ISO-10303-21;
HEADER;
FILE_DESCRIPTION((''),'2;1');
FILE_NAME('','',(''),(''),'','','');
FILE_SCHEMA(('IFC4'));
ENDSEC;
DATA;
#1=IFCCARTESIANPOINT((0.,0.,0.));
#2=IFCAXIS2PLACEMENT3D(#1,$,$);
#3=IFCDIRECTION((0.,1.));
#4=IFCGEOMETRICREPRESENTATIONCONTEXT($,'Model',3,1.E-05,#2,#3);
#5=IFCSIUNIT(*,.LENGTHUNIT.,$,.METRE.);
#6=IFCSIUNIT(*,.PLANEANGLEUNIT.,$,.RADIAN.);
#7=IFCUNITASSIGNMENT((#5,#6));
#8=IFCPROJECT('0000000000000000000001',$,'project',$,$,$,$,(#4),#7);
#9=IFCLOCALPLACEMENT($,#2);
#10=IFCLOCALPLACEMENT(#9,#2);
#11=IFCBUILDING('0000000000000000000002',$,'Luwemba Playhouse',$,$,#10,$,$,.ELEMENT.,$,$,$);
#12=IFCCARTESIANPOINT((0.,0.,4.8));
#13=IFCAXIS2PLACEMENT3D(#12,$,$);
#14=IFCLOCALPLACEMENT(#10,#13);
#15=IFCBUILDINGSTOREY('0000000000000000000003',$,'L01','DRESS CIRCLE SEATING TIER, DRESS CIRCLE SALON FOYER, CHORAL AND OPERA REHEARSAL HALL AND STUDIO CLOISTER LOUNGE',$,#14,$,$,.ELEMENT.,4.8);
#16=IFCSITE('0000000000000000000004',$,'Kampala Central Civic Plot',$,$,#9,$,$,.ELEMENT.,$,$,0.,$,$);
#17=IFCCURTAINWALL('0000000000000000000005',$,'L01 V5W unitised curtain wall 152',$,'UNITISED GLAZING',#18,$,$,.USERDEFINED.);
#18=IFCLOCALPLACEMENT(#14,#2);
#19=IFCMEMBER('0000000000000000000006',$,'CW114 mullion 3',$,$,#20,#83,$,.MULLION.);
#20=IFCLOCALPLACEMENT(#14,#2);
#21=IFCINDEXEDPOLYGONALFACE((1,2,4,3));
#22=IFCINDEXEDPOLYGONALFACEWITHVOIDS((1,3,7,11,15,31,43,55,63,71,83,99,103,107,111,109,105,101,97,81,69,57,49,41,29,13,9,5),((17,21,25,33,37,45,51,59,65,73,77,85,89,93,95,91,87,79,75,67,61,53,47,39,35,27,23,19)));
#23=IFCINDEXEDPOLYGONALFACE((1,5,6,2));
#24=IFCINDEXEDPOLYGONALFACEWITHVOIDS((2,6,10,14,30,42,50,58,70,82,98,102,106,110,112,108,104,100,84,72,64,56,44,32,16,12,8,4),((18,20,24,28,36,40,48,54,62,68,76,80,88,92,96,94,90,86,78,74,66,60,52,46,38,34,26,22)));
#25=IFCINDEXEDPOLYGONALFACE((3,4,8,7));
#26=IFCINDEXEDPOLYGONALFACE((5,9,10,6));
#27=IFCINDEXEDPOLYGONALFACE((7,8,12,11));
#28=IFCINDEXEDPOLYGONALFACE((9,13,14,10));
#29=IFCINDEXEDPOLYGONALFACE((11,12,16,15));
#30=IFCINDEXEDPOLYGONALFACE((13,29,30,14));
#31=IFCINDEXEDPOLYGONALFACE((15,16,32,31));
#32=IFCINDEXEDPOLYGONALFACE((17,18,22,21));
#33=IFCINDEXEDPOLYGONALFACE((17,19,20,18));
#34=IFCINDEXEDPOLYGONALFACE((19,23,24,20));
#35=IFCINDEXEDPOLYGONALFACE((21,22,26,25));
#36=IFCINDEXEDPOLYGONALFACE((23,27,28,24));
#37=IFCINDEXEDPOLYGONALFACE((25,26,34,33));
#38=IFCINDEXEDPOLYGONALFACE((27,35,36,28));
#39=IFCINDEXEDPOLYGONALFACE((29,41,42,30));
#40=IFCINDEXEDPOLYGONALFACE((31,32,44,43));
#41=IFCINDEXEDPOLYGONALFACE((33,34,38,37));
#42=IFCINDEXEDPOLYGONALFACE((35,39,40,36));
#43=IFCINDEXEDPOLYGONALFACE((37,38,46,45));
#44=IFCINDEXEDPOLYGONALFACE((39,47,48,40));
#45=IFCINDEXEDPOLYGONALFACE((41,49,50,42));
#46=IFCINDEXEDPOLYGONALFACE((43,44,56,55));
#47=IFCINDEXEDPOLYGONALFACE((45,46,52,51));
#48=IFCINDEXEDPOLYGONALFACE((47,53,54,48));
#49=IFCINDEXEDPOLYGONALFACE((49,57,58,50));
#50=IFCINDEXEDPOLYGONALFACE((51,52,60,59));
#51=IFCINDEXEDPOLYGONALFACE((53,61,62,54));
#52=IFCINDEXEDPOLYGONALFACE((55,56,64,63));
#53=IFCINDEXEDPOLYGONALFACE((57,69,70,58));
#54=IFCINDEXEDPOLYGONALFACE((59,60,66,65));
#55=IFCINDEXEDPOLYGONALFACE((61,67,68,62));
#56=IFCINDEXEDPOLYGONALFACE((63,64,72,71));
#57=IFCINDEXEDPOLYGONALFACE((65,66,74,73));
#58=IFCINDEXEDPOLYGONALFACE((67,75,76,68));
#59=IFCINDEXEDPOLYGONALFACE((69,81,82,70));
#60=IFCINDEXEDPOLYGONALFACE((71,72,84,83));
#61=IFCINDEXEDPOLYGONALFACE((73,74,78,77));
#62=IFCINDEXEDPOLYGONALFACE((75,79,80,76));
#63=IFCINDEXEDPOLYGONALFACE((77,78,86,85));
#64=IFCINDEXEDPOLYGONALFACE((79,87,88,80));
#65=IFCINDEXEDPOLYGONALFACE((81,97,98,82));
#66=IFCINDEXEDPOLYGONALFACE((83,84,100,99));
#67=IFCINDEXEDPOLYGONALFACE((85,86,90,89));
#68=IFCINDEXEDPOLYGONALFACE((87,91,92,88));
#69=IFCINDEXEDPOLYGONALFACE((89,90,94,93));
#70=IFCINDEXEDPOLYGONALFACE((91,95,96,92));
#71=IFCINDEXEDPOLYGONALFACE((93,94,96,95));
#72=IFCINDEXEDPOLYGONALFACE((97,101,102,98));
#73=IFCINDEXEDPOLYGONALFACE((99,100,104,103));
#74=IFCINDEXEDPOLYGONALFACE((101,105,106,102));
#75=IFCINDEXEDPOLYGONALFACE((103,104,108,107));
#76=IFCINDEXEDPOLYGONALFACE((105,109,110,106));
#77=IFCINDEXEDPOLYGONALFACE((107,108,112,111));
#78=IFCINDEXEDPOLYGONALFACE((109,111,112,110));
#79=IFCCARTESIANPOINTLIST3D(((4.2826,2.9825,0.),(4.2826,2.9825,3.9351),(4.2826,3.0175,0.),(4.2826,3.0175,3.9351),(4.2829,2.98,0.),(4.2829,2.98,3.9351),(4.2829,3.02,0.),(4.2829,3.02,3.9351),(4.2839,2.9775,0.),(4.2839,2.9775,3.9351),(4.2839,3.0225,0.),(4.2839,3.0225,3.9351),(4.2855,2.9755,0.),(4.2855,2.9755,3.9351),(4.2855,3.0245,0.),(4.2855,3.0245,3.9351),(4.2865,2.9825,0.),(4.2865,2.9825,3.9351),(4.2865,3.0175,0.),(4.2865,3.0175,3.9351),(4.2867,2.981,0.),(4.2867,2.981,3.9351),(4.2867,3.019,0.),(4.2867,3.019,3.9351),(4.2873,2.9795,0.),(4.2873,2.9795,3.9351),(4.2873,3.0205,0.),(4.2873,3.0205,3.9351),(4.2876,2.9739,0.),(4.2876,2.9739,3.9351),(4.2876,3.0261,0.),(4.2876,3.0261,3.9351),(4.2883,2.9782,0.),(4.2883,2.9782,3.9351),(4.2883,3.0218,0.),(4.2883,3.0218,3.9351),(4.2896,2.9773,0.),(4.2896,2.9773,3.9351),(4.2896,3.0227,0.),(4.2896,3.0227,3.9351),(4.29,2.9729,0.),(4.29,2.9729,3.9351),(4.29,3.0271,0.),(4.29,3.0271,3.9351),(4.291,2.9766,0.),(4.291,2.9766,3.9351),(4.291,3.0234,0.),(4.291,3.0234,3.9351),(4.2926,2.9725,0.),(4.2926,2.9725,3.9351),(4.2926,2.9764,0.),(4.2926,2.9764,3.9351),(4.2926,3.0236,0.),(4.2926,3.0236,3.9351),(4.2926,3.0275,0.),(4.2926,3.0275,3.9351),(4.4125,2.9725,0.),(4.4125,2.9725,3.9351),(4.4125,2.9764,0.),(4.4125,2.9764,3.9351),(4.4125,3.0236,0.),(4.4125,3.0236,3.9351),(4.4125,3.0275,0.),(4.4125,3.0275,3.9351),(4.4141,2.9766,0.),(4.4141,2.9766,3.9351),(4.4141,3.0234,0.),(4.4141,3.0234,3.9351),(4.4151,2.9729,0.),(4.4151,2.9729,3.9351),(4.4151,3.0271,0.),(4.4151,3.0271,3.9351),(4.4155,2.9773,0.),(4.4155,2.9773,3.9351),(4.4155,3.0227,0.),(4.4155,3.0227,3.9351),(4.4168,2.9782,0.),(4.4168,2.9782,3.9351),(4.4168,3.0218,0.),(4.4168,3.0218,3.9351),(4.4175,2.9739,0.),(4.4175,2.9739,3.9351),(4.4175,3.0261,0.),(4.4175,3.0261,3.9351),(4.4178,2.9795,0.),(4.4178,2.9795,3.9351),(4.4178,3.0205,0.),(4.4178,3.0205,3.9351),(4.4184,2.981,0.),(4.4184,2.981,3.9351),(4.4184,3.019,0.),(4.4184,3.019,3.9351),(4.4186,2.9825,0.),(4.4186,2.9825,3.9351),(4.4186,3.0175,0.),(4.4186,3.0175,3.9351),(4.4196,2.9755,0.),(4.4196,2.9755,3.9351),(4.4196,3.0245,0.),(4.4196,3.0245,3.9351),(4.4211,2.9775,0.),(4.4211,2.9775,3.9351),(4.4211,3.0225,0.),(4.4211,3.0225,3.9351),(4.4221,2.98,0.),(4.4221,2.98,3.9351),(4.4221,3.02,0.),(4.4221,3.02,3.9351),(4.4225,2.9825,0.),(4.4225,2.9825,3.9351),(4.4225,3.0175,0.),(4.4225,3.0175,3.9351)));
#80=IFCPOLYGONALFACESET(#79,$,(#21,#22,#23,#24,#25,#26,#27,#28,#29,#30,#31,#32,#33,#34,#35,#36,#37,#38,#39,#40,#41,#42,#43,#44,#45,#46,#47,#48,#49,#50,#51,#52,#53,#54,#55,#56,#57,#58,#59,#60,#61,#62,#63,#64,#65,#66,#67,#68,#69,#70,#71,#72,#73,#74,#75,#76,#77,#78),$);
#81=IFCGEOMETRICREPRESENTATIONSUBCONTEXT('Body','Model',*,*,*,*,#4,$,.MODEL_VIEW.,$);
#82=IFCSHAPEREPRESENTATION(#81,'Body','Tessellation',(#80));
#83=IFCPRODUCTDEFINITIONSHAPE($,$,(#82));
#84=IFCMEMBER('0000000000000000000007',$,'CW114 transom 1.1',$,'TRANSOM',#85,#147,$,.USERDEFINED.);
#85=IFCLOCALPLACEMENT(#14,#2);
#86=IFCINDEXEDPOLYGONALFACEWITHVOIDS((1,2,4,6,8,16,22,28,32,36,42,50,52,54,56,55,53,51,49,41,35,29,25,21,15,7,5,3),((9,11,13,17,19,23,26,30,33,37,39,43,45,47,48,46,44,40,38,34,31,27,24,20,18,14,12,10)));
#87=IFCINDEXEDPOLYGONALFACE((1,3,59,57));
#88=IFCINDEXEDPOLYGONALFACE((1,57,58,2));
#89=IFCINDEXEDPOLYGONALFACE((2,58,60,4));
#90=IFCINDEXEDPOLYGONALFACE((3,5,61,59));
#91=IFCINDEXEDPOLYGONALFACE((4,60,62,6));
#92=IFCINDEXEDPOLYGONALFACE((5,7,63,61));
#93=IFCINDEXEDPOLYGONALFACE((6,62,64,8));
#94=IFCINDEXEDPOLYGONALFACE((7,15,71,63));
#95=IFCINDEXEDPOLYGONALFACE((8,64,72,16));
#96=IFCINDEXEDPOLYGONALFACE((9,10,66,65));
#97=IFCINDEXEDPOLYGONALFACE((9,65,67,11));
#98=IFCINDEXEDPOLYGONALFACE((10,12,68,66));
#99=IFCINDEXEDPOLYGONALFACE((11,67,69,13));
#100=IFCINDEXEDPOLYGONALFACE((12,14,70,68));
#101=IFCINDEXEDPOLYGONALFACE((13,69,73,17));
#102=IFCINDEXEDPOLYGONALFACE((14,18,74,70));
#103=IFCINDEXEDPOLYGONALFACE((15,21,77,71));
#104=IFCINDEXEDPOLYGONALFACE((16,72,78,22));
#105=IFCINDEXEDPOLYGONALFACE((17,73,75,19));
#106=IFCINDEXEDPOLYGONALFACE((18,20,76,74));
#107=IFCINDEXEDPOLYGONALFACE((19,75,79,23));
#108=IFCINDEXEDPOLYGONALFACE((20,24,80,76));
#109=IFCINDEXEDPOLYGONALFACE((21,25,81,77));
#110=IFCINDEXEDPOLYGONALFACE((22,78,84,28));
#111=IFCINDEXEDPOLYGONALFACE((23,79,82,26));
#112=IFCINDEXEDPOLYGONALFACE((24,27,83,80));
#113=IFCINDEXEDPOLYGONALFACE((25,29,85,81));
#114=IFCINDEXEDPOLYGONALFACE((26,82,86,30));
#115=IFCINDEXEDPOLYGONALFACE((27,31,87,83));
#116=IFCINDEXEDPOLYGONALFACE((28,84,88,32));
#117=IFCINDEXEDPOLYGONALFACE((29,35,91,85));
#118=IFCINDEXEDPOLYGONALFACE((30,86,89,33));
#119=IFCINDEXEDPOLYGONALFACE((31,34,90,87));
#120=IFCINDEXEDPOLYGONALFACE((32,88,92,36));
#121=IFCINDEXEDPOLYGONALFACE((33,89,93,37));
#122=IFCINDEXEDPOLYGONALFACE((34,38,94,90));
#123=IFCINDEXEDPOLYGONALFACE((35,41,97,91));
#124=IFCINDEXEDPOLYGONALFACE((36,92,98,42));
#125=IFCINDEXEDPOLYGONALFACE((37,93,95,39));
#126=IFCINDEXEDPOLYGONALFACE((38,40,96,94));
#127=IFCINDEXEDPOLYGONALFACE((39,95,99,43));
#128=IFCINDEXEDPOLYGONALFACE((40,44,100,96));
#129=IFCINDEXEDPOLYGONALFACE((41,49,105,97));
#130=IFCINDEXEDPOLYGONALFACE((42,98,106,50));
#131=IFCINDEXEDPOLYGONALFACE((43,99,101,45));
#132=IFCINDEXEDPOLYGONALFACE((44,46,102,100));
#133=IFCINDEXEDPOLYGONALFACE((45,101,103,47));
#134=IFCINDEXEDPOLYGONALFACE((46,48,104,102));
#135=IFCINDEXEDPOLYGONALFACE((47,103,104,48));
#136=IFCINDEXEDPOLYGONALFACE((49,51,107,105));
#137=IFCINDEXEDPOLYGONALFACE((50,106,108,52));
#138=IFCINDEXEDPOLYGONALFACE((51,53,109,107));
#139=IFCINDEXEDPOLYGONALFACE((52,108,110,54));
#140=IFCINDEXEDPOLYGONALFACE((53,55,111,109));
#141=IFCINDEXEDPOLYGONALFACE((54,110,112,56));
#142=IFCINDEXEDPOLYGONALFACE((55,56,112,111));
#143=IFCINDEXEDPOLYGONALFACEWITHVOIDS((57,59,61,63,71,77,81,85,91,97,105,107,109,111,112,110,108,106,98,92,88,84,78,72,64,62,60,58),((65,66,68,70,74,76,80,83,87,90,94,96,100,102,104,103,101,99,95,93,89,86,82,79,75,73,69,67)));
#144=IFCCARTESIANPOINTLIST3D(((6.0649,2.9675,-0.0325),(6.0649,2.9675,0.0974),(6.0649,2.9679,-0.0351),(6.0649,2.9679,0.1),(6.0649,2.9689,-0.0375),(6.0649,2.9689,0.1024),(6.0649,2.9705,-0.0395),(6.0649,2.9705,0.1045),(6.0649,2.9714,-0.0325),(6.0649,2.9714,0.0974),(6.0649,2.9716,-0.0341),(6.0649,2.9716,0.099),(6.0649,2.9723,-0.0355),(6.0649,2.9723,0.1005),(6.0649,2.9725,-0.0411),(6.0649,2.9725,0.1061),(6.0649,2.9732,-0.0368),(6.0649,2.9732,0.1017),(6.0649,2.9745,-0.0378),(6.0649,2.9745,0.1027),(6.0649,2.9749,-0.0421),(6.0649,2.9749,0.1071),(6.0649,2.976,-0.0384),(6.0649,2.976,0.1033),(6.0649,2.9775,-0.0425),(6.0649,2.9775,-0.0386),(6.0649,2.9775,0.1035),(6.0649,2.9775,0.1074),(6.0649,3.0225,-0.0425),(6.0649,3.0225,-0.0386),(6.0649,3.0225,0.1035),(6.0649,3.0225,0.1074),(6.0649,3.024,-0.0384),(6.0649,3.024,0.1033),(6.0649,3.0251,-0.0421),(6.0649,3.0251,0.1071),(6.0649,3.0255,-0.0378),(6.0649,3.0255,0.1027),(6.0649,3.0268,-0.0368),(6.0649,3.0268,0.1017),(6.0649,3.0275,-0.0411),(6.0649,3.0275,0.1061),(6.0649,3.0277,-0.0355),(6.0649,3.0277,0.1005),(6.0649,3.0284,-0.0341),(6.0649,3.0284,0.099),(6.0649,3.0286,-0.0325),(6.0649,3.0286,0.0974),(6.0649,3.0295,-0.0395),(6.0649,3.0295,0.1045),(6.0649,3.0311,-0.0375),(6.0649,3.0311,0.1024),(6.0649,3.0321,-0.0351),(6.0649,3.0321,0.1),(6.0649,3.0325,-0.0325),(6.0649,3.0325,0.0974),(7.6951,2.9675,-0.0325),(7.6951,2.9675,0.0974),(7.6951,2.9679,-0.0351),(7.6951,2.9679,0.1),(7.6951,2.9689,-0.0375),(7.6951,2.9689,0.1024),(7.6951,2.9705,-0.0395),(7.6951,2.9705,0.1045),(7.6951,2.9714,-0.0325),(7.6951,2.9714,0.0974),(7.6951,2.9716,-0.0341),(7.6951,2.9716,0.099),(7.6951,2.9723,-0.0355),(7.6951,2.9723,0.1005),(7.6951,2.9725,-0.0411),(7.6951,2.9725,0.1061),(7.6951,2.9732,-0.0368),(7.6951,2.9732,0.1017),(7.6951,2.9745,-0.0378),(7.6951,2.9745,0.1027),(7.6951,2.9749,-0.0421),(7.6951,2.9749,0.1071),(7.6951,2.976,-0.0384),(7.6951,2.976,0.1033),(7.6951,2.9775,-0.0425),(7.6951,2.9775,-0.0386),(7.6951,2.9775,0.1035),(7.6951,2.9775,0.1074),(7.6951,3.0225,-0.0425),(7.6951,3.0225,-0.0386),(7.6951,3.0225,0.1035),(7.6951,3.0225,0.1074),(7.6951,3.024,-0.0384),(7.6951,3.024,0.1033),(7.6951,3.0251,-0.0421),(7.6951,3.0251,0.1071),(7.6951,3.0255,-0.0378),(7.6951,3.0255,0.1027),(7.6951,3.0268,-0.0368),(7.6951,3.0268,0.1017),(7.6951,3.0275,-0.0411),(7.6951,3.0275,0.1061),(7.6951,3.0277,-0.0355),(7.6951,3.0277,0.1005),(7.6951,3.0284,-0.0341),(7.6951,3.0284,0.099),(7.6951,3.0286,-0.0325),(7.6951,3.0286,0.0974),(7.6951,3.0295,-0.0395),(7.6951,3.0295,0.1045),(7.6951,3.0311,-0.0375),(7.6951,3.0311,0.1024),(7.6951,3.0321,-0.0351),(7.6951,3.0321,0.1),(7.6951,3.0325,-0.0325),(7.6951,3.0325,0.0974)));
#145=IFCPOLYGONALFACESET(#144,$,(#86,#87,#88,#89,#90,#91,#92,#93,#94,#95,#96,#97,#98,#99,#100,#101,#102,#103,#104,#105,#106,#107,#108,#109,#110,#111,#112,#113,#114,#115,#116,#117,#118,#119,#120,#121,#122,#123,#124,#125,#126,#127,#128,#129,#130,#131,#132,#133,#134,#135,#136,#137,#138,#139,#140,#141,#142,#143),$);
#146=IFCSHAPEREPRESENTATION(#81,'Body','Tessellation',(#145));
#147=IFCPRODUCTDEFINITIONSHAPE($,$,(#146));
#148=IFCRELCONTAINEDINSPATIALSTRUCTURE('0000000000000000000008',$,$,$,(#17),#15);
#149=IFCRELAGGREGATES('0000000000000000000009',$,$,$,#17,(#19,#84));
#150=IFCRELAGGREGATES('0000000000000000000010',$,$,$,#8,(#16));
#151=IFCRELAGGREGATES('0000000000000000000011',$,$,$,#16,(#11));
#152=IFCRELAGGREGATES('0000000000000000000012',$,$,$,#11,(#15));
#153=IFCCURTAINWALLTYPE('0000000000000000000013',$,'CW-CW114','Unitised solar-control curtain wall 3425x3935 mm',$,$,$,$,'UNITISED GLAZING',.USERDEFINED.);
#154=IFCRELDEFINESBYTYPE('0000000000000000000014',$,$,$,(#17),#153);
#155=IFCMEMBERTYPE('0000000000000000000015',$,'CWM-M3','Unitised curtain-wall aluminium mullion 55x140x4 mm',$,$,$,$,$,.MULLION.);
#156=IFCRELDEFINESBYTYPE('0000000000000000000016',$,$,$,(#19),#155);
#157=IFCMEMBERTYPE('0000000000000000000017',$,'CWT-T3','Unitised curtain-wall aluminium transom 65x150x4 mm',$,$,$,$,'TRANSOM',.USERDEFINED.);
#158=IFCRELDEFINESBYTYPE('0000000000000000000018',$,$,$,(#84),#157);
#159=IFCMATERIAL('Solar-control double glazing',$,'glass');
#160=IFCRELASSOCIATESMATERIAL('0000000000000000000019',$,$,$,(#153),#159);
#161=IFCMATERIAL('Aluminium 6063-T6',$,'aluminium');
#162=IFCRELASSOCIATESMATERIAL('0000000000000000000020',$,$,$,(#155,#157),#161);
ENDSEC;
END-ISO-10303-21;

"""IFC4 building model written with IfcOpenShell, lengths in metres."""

from ifc_helpers import new_model, si_unit, direction, frame, origin, origin_2d, place, context, subcontext, project, spatial, hollow_rectangle, extrude, material, material_profile, profile_set, type_object, element, aggregate, save


model = new_model("IFC4")

# Units and contexts
model_context = context("Model", 3, precision=1e-05, world=origin(), true_north=direction((0.0, 1.0)))
body_context = subcontext(model_context, "Body", "Model", "MODEL_VIEW")
ifc_project = project(units=[si_unit("LENGTHUNIT", "METRE"), si_unit("PLANEANGLEUNIT", "RADIAN")], contexts=[model_context])

# Site, building, storey
site_placement = place(None, origin())
site = spatial("IfcSite", under=ifc_project, at=site_placement, Name="Kampala Central Civic Plot", CompositionType="ELEMENT", RefElevation=0.0)
building_placement = place(site_placement, origin())
building = spatial("IfcBuilding", under=site, at=building_placement, Name="Luwemba Playhouse", CompositionType="ELEMENT")
storey_placement = place(building_placement, frame((0.0, 0.0, 4.8)))
storey = spatial("IfcBuildingStorey", under=building, at=storey_placement, Name="L01", Description="DRESS CIRCLE SEATING TIER, DRESS CIRCLE SALON FOYER, CHORAL AND OPERA REHEARSAL HALL AND STUDIO CLOISTER LOUNGE", CompositionType="ELEMENT", Elevation=4.8)

# Curtain wall, members
ifc_material_1 = material(Name="Solar-control double glazing", Category="glass")
curtain_wall_type = type_object("IfcCurtainWallType", Name="CW-CW114", Description="Unitised solar-control curtain wall 3425x3935 mm", ElementType="UNITISED GLAZING", PredefinedType="USERDEFINED", material=ifc_material_1)
curtain_wall_placement = place(storey_placement, origin())
curtain_wall = element("IfcCurtainWall", 1, at=curtain_wall_placement, inside=storey, type_object=curtain_wall_type, Name="L01 V5W unitised curtain wall 152", ObjectType="UNITISED GLAZING", PredefinedType="USERDEFINED")
ifc_material_2 = material(Name="Aluminium 6063-T6", Category="aluminium")
ifc_material_profile_1 = material_profile(ifc_material_2, hollow_rectangle(XDim=0.0549, YDim=0.1399, WallThickness=0.0039, InnerFilletRadius=0.0061, OuterFilletRadius=0.01, at=origin_2d()))
ifc_profile_set_1 = profile_set([ifc_material_profile_1], Name="Aluminium 6063-T6")
member_type_1 = type_object("IfcMemberType", Name="CWM-M3", Description="Unitised curtain-wall aluminium mullion 55x140x4 mm", PredefinedType="MULLION", material=ifc_profile_set_1)
member_1_placement = place(storey_placement, frame((4.3525, 3.0, 0.0), z_axis=(0.0, 0.0, 1.0), x_axis=(0.0, -1.0, 0.0)))
member_1 = element("IfcMember", 2, at=member_1_placement, type_object=member_type_1, Name="CW114 mullion 3", PredefinedType="MULLION", context=body_context, shape_type="SweptSolid", body=[
    extrude(hollow_rectangle(XDim=0.0549, YDim=0.1399, WallThickness=0.0039, InnerFilletRadius=0.0061, OuterFilletRadius=0.01, at=origin_2d()), origin(), (0.0, 0.0, 1.0), 3.9351),
])
ifc_material_profile_2 = material_profile(ifc_material_2, hollow_rectangle(XDim=0.0649, YDim=0.1499, WallThickness=0.0039, InnerFilletRadius=0.0061, OuterFilletRadius=0.01, at=origin_2d()))
ifc_profile_set_2 = profile_set([ifc_material_profile_2], Name="Aluminium 6063-T6")
member_type_2 = type_object("IfcMemberType", Name="CWT-T3", Description="Unitised curtain-wall aluminium transom 65x150x4 mm", ElementType="TRANSOM", PredefinedType="USERDEFINED", material=ifc_profile_set_2)
member_2_placement = place(storey_placement, frame((7.6951, 3.0, 0.0325), z_axis=(-1.0, 0.0, 0.0), x_axis=(0.0, -1.0, 0.0)))
member_2 = element("IfcMember", 3, at=member_2_placement, type_object=member_type_2, Name="CW114 transom 1.1", ObjectType="TRANSOM", PredefinedType="USERDEFINED", context=body_context, shape_type="SweptSolid", body=[
    extrude(hollow_rectangle(XDim=0.0649, YDim=0.1499, WallThickness=0.0039, InnerFilletRadius=0.0061, OuterFilletRadius=0.01, at=origin_2d()), origin(), (0.0, 0.0, 1.0), 1.6301),
])
aggregate(curtain_wall, [member_1, member_2])

save(model, "model.ifc")
